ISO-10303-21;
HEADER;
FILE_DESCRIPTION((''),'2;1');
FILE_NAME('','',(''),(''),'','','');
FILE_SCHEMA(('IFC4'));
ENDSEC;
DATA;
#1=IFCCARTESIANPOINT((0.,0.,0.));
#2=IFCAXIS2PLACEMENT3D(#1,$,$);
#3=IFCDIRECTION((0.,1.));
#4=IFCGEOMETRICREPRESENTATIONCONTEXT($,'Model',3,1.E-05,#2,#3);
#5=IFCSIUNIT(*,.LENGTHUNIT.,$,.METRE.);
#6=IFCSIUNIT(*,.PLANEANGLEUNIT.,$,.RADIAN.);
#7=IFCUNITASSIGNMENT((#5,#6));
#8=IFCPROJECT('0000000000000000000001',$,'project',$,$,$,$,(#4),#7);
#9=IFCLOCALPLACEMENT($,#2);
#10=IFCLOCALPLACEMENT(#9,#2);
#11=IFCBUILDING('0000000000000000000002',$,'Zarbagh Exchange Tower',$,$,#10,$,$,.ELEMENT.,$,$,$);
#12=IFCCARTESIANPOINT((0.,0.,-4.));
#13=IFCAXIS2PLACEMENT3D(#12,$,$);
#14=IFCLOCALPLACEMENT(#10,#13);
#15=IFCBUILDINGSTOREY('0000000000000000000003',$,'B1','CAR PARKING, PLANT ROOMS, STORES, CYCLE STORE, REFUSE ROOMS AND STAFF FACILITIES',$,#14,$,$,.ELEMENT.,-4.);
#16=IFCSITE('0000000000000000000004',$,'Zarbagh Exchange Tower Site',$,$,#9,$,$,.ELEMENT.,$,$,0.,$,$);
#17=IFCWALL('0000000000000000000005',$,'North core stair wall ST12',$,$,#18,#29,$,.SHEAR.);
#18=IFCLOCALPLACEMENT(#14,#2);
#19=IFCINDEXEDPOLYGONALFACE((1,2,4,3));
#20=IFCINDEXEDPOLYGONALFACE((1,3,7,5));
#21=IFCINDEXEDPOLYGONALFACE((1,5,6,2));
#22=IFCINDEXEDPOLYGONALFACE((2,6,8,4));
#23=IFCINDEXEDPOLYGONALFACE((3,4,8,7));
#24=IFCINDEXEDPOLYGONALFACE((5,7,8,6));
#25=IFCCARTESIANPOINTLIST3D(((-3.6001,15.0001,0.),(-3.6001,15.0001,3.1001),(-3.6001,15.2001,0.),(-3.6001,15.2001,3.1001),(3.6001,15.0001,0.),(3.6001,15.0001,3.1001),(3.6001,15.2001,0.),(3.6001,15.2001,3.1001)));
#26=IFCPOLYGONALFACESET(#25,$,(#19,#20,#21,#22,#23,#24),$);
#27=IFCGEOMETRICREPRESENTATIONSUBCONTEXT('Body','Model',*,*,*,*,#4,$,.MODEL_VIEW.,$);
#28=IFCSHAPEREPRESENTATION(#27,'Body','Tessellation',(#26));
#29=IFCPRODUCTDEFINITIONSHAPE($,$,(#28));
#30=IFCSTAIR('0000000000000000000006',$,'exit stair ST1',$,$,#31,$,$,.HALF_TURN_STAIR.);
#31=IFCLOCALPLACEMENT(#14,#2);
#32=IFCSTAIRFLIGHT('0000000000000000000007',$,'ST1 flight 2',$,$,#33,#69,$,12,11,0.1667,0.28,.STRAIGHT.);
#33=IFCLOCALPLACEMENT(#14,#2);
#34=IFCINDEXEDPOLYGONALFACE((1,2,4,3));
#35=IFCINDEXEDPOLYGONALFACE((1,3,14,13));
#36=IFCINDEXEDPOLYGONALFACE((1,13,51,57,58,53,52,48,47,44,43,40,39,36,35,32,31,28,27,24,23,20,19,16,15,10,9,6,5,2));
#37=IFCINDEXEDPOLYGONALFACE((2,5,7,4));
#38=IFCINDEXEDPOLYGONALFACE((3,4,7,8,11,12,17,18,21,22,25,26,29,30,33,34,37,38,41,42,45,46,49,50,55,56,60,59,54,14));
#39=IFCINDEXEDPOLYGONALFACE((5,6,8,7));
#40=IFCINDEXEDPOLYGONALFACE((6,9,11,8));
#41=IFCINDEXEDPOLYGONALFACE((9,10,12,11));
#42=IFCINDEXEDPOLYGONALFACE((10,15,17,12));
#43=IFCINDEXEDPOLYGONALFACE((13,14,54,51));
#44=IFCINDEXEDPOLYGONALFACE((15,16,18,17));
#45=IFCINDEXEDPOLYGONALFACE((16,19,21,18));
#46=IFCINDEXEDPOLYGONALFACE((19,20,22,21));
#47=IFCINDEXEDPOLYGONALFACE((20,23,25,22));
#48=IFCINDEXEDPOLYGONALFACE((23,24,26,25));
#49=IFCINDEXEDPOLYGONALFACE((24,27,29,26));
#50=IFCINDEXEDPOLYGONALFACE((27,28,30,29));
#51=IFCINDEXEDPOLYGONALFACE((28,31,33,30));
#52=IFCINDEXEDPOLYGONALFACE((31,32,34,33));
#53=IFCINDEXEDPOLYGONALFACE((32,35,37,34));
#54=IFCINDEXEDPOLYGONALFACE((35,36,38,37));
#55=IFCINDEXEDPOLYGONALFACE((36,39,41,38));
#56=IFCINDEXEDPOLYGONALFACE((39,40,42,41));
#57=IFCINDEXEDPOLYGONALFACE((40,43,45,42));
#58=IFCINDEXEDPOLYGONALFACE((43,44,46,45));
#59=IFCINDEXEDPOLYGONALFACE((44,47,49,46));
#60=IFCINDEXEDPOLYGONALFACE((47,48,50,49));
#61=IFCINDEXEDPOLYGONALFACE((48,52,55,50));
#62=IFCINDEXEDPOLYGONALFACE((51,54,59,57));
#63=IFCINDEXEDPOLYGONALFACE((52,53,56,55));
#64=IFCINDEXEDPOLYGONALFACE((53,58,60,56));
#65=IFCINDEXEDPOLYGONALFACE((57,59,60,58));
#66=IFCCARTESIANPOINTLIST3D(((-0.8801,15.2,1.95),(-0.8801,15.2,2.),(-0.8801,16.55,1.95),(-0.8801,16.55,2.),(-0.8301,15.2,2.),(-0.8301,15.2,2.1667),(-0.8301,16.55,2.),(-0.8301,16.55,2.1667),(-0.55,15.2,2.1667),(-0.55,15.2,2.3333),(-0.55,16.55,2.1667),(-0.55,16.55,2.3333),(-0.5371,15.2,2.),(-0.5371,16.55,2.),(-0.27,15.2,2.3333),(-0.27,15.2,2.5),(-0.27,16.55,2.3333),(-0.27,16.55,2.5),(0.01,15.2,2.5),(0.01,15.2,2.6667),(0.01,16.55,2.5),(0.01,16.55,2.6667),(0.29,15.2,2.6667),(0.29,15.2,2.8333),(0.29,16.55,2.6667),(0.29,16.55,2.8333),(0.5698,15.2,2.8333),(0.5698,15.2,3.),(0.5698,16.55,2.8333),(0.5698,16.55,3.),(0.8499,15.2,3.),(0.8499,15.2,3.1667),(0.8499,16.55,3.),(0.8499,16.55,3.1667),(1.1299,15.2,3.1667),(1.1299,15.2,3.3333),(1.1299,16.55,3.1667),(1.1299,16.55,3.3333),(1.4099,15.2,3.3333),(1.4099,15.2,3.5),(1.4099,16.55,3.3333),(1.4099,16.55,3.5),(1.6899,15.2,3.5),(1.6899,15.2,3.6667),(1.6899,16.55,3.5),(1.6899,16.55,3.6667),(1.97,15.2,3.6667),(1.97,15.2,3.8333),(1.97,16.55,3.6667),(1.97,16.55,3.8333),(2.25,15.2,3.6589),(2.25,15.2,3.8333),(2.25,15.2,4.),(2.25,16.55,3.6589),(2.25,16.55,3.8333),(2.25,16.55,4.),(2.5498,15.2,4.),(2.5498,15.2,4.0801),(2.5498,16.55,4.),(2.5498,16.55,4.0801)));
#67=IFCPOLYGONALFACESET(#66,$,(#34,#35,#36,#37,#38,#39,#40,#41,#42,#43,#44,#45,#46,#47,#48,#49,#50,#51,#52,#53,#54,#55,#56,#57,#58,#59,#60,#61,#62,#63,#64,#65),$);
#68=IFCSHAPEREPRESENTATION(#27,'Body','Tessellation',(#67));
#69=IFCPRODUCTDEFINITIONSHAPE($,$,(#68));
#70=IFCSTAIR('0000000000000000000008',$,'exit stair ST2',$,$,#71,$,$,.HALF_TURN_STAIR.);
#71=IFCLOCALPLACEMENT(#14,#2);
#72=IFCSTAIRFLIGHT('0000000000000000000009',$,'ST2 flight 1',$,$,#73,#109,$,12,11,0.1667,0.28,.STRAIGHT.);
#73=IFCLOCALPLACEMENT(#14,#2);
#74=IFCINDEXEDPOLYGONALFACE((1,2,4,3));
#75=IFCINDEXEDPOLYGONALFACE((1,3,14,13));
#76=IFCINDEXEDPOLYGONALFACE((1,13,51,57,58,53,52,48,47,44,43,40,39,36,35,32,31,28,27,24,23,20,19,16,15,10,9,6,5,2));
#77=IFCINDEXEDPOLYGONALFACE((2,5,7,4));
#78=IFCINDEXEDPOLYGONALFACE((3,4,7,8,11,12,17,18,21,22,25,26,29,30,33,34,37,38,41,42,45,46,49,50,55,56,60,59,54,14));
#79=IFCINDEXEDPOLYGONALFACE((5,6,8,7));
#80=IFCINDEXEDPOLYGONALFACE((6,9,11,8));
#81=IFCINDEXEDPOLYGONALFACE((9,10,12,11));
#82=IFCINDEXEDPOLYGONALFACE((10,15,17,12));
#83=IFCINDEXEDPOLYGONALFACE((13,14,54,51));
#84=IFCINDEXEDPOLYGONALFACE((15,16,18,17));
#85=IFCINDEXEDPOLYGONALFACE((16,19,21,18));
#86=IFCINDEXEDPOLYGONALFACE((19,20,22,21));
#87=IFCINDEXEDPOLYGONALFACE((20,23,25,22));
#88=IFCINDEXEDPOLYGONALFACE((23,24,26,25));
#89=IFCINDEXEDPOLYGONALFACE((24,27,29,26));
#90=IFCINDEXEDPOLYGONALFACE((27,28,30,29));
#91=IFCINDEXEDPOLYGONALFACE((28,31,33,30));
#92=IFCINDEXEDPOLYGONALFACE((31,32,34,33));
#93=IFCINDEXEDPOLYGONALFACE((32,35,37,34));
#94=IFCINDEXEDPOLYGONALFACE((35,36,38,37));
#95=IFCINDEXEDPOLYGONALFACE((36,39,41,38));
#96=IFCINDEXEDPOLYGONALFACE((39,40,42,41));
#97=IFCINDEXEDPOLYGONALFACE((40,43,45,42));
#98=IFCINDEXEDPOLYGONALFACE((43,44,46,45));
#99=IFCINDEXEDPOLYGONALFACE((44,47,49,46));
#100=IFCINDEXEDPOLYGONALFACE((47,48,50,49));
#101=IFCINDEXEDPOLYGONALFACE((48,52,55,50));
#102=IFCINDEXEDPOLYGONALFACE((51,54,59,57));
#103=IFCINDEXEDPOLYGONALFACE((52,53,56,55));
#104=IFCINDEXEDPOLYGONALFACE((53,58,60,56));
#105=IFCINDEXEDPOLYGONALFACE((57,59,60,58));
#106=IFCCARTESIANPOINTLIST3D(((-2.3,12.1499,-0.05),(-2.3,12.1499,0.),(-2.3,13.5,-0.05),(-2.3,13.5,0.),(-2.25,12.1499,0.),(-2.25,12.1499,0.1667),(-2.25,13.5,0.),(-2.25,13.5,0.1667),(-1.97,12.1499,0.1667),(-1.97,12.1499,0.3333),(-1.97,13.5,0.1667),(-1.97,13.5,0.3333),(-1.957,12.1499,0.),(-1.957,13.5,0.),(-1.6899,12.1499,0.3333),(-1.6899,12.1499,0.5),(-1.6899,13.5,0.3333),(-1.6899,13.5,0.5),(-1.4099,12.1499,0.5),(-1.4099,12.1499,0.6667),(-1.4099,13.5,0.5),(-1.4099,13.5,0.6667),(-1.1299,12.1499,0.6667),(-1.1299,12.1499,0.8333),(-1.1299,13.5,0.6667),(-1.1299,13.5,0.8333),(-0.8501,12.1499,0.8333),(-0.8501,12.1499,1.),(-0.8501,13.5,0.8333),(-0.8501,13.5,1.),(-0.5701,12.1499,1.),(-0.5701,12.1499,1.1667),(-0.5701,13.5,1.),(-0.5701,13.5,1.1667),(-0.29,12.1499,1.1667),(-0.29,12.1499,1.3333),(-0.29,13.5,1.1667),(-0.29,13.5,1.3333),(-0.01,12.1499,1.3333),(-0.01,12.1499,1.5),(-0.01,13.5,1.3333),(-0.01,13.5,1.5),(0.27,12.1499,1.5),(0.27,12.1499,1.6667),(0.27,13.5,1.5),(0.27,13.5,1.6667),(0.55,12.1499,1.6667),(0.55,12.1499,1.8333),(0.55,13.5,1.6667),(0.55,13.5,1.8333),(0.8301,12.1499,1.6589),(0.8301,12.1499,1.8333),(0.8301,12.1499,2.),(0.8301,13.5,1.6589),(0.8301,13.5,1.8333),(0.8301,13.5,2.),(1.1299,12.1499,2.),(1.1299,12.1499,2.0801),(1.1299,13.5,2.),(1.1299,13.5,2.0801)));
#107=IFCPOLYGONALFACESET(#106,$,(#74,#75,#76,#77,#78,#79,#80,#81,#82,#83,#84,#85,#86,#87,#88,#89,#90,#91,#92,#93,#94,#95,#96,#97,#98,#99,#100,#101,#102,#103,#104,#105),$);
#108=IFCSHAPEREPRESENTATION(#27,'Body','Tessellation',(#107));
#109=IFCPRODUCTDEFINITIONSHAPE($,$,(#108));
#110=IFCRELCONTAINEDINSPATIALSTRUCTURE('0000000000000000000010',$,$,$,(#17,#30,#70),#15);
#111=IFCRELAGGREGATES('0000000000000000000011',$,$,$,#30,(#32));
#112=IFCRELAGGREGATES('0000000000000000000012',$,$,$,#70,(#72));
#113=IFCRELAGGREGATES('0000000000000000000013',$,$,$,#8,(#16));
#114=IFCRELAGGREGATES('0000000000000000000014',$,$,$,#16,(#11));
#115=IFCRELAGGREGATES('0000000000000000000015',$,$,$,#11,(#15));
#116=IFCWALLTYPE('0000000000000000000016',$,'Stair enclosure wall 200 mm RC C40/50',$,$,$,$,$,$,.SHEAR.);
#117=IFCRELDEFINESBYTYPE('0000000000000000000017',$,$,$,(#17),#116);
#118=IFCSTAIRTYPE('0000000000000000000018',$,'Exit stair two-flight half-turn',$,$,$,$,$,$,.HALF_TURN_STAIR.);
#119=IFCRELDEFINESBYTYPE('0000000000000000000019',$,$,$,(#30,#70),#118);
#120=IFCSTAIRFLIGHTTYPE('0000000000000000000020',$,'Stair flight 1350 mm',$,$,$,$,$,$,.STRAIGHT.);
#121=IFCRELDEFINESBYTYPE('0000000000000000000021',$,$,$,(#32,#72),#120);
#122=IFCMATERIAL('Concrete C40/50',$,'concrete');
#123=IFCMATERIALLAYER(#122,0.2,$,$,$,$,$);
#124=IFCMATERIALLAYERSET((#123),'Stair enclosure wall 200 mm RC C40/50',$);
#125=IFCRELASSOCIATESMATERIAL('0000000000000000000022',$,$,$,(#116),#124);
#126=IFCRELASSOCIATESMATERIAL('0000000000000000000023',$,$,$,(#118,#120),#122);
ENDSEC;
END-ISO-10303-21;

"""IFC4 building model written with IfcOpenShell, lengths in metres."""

from ifc_helpers import new_model, si_unit, direction, frame, frame_2d, origin, place, context, subcontext, project, spatial, polyline, rectangle, outline, extrude, material, layer, layer_set, type_object, element, aggregate, save


model = new_model("IFC4")

# Units and contexts
model_context = context("Model", 3, precision=1e-05, world=origin(), true_north=direction((0.0, 1.0)))
body_context = subcontext(model_context, "Body", "Model", "MODEL_VIEW")
ifc_project = project(units=[si_unit("LENGTHUNIT", "METRE"), si_unit("PLANEANGLEUNIT", "RADIAN")], contexts=[model_context])

# Site, building, storey
site_placement = place(None, origin())
site = spatial("IfcSite", under=ifc_project, at=site_placement, Name="Zarbagh Exchange Tower Site", CompositionType="ELEMENT", RefElevation=0.0)
building_placement = place(site_placement, origin())
building = spatial("IfcBuilding", under=site, at=building_placement, Name="Zarbagh Exchange Tower", CompositionType="ELEMENT")
storey_placement = place(building_placement, frame((0.0, 0.0, -4.0)))
storey = spatial("IfcBuildingStorey", under=building, at=storey_placement, Name="B1", Description="CAR PARKING, PLANT ROOMS, STORES, CYCLE STORE, REFUSE ROOMS AND STAFF FACILITIES", CompositionType="ELEMENT", Elevation=-4.0)

# Wall
ifc_material_1 = material(Name="Concrete C40/50", Category="concrete")
ifc_layer_1 = layer(ifc_material_1, 0.2)
ifc_layer_set_1 = layer_set([ifc_layer_1], Name="Stair enclosure wall 200 mm RC C40/50")
wall_type_1 = type_object("IfcWallType", Name="Stair enclosure wall 200 mm RC C40/50", PredefinedType="SHEAR", material=ifc_layer_set_1)
for number, where, z_axis, x_axis, name in (
    (1, (-3.6001, 15.1001, 0.0), (0.0, 0.0, 1.0), (1.0, 0.0, 0.0), "North core stair wall ST12"),
):
    element("IfcWall", number, at=place(storey_placement, frame(where, z_axis=z_axis, x_axis=x_axis)), inside=storey, type_object=wall_type_1, Name=name, PredefinedType="SHEAR", context=body_context, shape_type="SweptSolid", body=[
        extrude(rectangle(XDim=7.2002, YDim=0.2, at=frame_2d((3.6001, 0.0))), origin(), (0.0, 0.0, 1.0), 3.1001),
    ])

# Stairs, stair flights
stair_type = type_object("IfcStairType", Name="Exit stair two-flight half-turn", PredefinedType="HALF_TURN_STAIR", material=ifc_material_1)
stair_1_placement = place(storey_placement, origin())
stair_1 = element("IfcStair", 2, at=stair_1_placement, inside=storey, type_object=stair_type, Name="exit stair ST1", PredefinedType="HALF_TURN_STAIR")
stair_flight_type = type_object("IfcStairFlightType", Name="Stair flight 1350 mm", PredefinedType="STRAIGHT", material=ifc_material_1)
stair_flight_1_placement = place(storey_placement, frame((-0.8301, 15.875, 2.0), z_axis=(0.0, 0.0, 1.0), x_axis=(1.0, 0.0, 0.0)))
stair_flight_1 = element("IfcStairFlight", 3, at=stair_flight_1_placement, type_object=stair_flight_type, Name="ST1 flight 2", NumberOfRisers=12, NumberOfTreads=11, PredefinedType="STRAIGHT", RiserHeight=0.1667, TreadLength=0.28, context=body_context, shape_type="SweptSolid", body=[
    extrude(outline(polyline([(-0.05, -0.05), (-0.05, 0.0), (0.0, 0.0), (0.0, 0.1667), (0.28, 0.1667), (0.28, 0.3333), (0.5601, 0.3333), (0.5601, 0.5), (0.8401, 0.5), (0.8401, 0.6667), (1.1201, 0.6667), (1.1201, 0.8333), (1.3999, 0.8333), (1.3999, 1.0), (1.6799, 1.0), (1.6799, 1.1667), (1.96, 1.1667), (1.96, 1.3333), (2.24, 1.3333), (2.24, 1.5), (2.52, 1.5), (2.52, 1.6667), (2.8, 1.6667), (2.8, 1.8333), (3.0801, 1.8333), (3.0801, 2.0), (3.3799, 2.0801), (3.3799, 2.0), (3.0801, 1.6589), (0.293, 0.0), (-0.05, -0.05)])), frame((0.0, 0.675, 0.0), z_axis=(0.0, -1.0, 0.0), x_axis=(1.0, 0.0, 0.0)), (0.0, 0.0, 1.0), 1.3501),
])
aggregate(stair_1, [stair_flight_1])
stair_2_placement = place(storey_placement, origin())
stair_2 = element("IfcStair", 4, at=stair_2_placement, inside=storey, type_object=stair_type, Name="exit stair ST2", PredefinedType="HALF_TURN_STAIR")
stair_flight_2_placement = place(storey_placement, frame((-2.25, 12.825, 0.0), z_axis=(0.0, 0.0, 1.0), x_axis=(1.0, 0.0, 0.0)))
stair_flight_2 = element("IfcStairFlight", 5, at=stair_flight_2_placement, type_object=stair_flight_type, Name="ST2 flight 1", NumberOfRisers=12, NumberOfTreads=11, PredefinedType="STRAIGHT", RiserHeight=0.1667, TreadLength=0.28, context=body_context, shape_type="SweptSolid", body=[
    extrude(outline(polyline([(-0.05, -0.05), (-0.05, 0.0), (0.0, 0.0), (0.0, 0.1667), (0.28, 0.1667), (0.28, 0.3333), (0.5601, 0.3333), (0.5601, 0.5), (0.8401, 0.5), (0.8401, 0.6667), (1.1201, 0.6667), (1.1201, 0.8333), (1.3999, 0.8333), (1.3999, 1.0), (1.6799, 1.0), (1.6799, 1.1667), (1.96, 1.1667), (1.96, 1.3333), (2.24, 1.3333), (2.24, 1.5), (2.52, 1.5), (2.52, 1.6667), (2.8, 1.6667), (2.8, 1.8333), (3.0801, 1.8333), (3.0801, 2.0), (3.3799, 2.0801), (3.3799, 2.0), (3.0801, 1.6589), (0.293, 0.0), (-0.05, -0.05)])), frame((0.0, 0.675, 0.0), z_axis=(0.0, -1.0, 0.0), x_axis=(1.0, 0.0, 0.0)), (0.0, 0.0, 1.0), 1.3501),
])
aggregate(stair_2, [stair_flight_2])

save(model, "model.ifc")
